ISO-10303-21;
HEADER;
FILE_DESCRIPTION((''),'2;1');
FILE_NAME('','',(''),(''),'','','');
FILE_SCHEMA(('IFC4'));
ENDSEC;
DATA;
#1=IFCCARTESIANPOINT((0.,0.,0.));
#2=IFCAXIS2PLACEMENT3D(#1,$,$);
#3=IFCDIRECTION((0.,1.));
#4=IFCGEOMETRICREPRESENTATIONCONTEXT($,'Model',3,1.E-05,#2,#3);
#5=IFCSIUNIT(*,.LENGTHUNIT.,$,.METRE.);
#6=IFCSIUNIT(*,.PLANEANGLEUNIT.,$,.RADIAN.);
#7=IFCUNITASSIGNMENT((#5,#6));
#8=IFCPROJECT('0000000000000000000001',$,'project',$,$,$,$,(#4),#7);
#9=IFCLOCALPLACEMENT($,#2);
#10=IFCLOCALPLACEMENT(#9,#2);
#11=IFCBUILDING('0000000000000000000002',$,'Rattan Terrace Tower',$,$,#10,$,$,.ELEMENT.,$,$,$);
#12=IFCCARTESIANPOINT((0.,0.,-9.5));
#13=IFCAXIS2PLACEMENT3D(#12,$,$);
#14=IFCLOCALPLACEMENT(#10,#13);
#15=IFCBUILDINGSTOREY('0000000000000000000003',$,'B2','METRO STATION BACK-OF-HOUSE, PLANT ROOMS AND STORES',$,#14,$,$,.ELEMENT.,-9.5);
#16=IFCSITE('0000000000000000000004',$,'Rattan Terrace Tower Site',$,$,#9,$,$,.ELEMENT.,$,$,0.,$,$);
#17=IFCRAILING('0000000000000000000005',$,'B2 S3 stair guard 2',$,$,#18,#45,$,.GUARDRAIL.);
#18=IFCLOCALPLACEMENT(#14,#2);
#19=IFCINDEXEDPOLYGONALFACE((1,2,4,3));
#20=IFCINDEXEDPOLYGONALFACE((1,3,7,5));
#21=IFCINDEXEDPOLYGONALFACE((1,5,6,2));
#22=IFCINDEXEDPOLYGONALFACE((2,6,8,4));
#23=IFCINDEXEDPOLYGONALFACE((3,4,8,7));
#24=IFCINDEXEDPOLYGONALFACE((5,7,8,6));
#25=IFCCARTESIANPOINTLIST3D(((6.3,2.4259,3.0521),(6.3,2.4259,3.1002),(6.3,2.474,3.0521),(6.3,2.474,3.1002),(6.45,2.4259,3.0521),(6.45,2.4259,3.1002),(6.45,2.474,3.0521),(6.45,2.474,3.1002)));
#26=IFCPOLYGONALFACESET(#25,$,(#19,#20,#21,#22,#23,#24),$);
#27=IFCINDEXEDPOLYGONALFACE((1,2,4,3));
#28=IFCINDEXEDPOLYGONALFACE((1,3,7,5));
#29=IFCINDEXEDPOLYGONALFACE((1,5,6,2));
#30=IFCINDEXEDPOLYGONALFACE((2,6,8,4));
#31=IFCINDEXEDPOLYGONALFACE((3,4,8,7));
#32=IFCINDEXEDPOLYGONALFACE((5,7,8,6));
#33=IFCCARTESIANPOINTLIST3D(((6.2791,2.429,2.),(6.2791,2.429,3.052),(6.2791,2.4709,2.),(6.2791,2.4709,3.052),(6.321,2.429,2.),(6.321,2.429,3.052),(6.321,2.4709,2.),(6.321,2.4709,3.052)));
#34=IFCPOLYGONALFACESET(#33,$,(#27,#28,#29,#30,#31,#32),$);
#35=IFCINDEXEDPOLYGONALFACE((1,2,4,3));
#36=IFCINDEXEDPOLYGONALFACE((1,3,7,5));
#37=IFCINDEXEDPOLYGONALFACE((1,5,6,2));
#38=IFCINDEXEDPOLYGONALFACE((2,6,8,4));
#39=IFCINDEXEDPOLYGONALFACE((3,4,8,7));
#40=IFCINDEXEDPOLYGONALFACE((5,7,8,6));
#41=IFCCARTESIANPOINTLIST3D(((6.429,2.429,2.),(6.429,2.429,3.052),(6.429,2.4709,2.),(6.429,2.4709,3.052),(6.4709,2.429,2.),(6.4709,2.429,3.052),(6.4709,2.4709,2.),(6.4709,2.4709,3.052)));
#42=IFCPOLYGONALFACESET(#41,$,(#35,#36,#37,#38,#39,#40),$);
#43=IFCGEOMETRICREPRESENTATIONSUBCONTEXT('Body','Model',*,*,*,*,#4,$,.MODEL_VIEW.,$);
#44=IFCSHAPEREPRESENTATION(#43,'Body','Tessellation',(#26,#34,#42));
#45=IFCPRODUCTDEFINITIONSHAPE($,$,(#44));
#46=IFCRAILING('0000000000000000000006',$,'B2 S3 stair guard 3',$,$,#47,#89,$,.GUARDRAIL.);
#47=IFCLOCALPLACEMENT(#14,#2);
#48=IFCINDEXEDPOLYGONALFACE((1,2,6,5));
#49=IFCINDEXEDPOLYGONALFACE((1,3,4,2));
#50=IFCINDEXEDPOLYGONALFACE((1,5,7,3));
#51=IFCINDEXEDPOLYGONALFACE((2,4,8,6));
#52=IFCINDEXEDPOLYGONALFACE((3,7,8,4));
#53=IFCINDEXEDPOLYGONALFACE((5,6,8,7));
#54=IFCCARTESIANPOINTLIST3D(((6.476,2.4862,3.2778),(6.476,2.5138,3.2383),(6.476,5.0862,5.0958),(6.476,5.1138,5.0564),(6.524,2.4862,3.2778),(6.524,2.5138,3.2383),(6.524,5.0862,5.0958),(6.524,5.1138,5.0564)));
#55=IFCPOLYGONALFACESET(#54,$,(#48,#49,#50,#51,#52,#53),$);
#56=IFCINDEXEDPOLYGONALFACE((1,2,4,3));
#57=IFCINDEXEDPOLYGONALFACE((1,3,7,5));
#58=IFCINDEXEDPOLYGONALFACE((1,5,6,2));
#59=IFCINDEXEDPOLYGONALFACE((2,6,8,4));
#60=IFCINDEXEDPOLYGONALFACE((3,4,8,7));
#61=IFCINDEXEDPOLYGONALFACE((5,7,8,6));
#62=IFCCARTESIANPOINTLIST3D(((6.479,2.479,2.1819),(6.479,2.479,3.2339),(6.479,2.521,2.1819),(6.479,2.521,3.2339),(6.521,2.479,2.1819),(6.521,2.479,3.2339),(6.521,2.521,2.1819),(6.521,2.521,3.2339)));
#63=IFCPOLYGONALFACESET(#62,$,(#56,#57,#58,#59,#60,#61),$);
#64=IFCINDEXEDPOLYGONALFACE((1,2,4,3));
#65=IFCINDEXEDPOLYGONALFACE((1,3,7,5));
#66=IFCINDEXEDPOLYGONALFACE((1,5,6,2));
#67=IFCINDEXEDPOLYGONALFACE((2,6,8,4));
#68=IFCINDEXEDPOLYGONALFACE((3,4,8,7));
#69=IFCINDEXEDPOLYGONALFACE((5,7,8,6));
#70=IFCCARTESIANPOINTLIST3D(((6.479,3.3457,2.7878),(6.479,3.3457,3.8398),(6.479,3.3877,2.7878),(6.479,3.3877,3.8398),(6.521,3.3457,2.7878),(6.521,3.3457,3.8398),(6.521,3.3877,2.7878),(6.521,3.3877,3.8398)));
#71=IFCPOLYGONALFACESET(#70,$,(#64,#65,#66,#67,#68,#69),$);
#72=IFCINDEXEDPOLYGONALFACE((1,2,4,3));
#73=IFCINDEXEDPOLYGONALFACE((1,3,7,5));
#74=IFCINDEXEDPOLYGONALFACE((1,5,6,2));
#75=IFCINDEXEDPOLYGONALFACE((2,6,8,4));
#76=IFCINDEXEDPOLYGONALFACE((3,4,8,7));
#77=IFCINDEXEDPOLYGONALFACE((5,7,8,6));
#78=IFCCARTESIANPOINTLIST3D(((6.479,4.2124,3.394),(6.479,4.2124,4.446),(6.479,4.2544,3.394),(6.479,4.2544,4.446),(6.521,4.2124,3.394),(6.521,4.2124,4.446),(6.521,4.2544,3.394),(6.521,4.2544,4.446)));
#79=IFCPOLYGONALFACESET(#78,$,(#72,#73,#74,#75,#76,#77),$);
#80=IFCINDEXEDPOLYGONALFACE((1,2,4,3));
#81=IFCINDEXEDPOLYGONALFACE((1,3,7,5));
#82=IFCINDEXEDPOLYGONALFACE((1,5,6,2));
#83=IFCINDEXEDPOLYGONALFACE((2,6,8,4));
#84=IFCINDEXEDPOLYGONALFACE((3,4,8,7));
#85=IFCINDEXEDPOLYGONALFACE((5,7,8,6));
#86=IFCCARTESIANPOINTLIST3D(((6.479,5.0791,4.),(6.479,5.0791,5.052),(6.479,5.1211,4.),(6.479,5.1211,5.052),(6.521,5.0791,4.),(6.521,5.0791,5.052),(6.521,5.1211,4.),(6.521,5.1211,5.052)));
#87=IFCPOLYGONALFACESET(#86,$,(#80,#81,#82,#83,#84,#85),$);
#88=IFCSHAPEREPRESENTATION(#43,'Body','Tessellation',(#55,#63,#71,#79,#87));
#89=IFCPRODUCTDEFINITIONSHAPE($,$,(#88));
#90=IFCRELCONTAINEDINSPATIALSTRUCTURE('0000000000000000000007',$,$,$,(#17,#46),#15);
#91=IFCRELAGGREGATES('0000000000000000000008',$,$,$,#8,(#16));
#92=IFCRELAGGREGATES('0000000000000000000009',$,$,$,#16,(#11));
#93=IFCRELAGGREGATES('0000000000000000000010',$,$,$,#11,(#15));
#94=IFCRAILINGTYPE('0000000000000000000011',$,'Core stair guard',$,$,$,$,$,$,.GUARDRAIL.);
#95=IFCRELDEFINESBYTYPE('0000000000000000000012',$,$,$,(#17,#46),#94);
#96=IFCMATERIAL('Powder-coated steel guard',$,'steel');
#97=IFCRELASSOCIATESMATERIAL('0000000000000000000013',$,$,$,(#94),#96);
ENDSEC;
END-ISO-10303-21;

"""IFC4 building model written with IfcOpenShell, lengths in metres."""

from ifc_helpers import new_model, si_unit, direction, frame, origin, origin_2d, place, context, subcontext, project, spatial, rectangle, extrude, material, type_object, element, save


model = new_model("IFC4")

# Units and contexts
model_context = context("Model", 3, precision=1e-05, world=origin(), true_north=direction((0.0, 1.0)))
body_context = subcontext(model_context, "Body", "Model", "MODEL_VIEW")
ifc_project = project(units=[si_unit("LENGTHUNIT", "METRE"), si_unit("PLANEANGLEUNIT", "RADIAN")], contexts=[model_context])

# Site, building, storey
site_placement = place(None, origin())
site = spatial("IfcSite", under=ifc_project, at=site_placement, Name="Rattan Terrace Tower Site", CompositionType="ELEMENT", RefElevation=0.0)
building_placement = place(site_placement, origin())
building = spatial("IfcBuilding", under=site, at=building_placement, Name="Rattan Terrace Tower", CompositionType="ELEMENT")
storey_placement = place(building_placement, frame((0.0, 0.0, -9.5)))
storey = spatial("IfcBuildingStorey", under=building, at=storey_placement, Name="B2", Description="METRO STATION BACK-OF-HOUSE, PLANT ROOMS AND STORES", CompositionType="ELEMENT", Elevation=-9.5)

# Railings
ifc_material_1 = material(Name="Powder-coated steel guard", Category="steel")
railing_type = type_object("IfcRailingType", Name="Core stair guard", PredefinedType="GUARDRAIL", material=ifc_material_1)
railing_1_placement = place(storey_placement, frame((6.3, 2.45, 2.0)))
element("IfcRailing", 1, at=railing_1_placement, inside=storey, type_object=railing_type, Name="B2 S3 stair guard 2", PredefinedType="GUARDRAIL", context=body_context, shape_type="SweptSolid", body=[
    extrude(rectangle(XDim=0.0481, YDim=0.0481, at=origin_2d()), frame((0.0, 0.0, 1.0762), z_axis=(1.0, 0.0, 0.0), x_axis=(0.0, 1.0, 0.0)), (0.0, 0.0, 1.0), 0.1499),
    extrude(rectangle(XDim=0.042, YDim=0.042, at=origin_2d()), origin(), (0.0, 0.0, 1.0), 1.052),
    extrude(rectangle(XDim=0.042, YDim=0.042, at=origin_2d()), frame((0.1499, 0.0, 0.0)), (0.0, 0.0, 1.0), 1.052),
])
railing_2_placement = place(storey_placement, frame((6.5, 2.5, 2.1819)))
element("IfcRailing", 2, at=railing_2_placement, inside=storey, type_object=railing_type, Name="B2 S3 stair guard 3", PredefinedType="GUARDRAIL", context=body_context, shape_type="SweptSolid", body=[
    extrude(rectangle(XDim=0.0481, YDim=0.0481, at=origin_2d()), frame((0.0, 0.0, 1.0762), z_axis=(0.0, 0.819521, 0.573049), x_axis=(-1.0, 0.0, 0.0)), (0.0, 0.0, 1.0), 3.1726),
    extrude(rectangle(XDim=0.042, YDim=0.042, at=origin_2d()), origin(), (0.0, 0.0, 1.0), 1.052),
    extrude(rectangle(XDim=0.042, YDim=0.042, at=origin_2d()), frame((0.0, 0.8667, 0.606)), (0.0, 0.0, 1.0), 1.052),
    extrude(rectangle(XDim=0.042, YDim=0.042, at=origin_2d()), frame((0.0, 1.7334, 1.2122)), (0.0, 0.0, 1.0), 1.052),
    extrude(rectangle(XDim=0.042, YDim=0.042, at=origin_2d()), frame((0.0, 2.6001, 1.8181)), (0.0, 0.0, 1.0), 1.052),
])

save(model, "model.ifc")
